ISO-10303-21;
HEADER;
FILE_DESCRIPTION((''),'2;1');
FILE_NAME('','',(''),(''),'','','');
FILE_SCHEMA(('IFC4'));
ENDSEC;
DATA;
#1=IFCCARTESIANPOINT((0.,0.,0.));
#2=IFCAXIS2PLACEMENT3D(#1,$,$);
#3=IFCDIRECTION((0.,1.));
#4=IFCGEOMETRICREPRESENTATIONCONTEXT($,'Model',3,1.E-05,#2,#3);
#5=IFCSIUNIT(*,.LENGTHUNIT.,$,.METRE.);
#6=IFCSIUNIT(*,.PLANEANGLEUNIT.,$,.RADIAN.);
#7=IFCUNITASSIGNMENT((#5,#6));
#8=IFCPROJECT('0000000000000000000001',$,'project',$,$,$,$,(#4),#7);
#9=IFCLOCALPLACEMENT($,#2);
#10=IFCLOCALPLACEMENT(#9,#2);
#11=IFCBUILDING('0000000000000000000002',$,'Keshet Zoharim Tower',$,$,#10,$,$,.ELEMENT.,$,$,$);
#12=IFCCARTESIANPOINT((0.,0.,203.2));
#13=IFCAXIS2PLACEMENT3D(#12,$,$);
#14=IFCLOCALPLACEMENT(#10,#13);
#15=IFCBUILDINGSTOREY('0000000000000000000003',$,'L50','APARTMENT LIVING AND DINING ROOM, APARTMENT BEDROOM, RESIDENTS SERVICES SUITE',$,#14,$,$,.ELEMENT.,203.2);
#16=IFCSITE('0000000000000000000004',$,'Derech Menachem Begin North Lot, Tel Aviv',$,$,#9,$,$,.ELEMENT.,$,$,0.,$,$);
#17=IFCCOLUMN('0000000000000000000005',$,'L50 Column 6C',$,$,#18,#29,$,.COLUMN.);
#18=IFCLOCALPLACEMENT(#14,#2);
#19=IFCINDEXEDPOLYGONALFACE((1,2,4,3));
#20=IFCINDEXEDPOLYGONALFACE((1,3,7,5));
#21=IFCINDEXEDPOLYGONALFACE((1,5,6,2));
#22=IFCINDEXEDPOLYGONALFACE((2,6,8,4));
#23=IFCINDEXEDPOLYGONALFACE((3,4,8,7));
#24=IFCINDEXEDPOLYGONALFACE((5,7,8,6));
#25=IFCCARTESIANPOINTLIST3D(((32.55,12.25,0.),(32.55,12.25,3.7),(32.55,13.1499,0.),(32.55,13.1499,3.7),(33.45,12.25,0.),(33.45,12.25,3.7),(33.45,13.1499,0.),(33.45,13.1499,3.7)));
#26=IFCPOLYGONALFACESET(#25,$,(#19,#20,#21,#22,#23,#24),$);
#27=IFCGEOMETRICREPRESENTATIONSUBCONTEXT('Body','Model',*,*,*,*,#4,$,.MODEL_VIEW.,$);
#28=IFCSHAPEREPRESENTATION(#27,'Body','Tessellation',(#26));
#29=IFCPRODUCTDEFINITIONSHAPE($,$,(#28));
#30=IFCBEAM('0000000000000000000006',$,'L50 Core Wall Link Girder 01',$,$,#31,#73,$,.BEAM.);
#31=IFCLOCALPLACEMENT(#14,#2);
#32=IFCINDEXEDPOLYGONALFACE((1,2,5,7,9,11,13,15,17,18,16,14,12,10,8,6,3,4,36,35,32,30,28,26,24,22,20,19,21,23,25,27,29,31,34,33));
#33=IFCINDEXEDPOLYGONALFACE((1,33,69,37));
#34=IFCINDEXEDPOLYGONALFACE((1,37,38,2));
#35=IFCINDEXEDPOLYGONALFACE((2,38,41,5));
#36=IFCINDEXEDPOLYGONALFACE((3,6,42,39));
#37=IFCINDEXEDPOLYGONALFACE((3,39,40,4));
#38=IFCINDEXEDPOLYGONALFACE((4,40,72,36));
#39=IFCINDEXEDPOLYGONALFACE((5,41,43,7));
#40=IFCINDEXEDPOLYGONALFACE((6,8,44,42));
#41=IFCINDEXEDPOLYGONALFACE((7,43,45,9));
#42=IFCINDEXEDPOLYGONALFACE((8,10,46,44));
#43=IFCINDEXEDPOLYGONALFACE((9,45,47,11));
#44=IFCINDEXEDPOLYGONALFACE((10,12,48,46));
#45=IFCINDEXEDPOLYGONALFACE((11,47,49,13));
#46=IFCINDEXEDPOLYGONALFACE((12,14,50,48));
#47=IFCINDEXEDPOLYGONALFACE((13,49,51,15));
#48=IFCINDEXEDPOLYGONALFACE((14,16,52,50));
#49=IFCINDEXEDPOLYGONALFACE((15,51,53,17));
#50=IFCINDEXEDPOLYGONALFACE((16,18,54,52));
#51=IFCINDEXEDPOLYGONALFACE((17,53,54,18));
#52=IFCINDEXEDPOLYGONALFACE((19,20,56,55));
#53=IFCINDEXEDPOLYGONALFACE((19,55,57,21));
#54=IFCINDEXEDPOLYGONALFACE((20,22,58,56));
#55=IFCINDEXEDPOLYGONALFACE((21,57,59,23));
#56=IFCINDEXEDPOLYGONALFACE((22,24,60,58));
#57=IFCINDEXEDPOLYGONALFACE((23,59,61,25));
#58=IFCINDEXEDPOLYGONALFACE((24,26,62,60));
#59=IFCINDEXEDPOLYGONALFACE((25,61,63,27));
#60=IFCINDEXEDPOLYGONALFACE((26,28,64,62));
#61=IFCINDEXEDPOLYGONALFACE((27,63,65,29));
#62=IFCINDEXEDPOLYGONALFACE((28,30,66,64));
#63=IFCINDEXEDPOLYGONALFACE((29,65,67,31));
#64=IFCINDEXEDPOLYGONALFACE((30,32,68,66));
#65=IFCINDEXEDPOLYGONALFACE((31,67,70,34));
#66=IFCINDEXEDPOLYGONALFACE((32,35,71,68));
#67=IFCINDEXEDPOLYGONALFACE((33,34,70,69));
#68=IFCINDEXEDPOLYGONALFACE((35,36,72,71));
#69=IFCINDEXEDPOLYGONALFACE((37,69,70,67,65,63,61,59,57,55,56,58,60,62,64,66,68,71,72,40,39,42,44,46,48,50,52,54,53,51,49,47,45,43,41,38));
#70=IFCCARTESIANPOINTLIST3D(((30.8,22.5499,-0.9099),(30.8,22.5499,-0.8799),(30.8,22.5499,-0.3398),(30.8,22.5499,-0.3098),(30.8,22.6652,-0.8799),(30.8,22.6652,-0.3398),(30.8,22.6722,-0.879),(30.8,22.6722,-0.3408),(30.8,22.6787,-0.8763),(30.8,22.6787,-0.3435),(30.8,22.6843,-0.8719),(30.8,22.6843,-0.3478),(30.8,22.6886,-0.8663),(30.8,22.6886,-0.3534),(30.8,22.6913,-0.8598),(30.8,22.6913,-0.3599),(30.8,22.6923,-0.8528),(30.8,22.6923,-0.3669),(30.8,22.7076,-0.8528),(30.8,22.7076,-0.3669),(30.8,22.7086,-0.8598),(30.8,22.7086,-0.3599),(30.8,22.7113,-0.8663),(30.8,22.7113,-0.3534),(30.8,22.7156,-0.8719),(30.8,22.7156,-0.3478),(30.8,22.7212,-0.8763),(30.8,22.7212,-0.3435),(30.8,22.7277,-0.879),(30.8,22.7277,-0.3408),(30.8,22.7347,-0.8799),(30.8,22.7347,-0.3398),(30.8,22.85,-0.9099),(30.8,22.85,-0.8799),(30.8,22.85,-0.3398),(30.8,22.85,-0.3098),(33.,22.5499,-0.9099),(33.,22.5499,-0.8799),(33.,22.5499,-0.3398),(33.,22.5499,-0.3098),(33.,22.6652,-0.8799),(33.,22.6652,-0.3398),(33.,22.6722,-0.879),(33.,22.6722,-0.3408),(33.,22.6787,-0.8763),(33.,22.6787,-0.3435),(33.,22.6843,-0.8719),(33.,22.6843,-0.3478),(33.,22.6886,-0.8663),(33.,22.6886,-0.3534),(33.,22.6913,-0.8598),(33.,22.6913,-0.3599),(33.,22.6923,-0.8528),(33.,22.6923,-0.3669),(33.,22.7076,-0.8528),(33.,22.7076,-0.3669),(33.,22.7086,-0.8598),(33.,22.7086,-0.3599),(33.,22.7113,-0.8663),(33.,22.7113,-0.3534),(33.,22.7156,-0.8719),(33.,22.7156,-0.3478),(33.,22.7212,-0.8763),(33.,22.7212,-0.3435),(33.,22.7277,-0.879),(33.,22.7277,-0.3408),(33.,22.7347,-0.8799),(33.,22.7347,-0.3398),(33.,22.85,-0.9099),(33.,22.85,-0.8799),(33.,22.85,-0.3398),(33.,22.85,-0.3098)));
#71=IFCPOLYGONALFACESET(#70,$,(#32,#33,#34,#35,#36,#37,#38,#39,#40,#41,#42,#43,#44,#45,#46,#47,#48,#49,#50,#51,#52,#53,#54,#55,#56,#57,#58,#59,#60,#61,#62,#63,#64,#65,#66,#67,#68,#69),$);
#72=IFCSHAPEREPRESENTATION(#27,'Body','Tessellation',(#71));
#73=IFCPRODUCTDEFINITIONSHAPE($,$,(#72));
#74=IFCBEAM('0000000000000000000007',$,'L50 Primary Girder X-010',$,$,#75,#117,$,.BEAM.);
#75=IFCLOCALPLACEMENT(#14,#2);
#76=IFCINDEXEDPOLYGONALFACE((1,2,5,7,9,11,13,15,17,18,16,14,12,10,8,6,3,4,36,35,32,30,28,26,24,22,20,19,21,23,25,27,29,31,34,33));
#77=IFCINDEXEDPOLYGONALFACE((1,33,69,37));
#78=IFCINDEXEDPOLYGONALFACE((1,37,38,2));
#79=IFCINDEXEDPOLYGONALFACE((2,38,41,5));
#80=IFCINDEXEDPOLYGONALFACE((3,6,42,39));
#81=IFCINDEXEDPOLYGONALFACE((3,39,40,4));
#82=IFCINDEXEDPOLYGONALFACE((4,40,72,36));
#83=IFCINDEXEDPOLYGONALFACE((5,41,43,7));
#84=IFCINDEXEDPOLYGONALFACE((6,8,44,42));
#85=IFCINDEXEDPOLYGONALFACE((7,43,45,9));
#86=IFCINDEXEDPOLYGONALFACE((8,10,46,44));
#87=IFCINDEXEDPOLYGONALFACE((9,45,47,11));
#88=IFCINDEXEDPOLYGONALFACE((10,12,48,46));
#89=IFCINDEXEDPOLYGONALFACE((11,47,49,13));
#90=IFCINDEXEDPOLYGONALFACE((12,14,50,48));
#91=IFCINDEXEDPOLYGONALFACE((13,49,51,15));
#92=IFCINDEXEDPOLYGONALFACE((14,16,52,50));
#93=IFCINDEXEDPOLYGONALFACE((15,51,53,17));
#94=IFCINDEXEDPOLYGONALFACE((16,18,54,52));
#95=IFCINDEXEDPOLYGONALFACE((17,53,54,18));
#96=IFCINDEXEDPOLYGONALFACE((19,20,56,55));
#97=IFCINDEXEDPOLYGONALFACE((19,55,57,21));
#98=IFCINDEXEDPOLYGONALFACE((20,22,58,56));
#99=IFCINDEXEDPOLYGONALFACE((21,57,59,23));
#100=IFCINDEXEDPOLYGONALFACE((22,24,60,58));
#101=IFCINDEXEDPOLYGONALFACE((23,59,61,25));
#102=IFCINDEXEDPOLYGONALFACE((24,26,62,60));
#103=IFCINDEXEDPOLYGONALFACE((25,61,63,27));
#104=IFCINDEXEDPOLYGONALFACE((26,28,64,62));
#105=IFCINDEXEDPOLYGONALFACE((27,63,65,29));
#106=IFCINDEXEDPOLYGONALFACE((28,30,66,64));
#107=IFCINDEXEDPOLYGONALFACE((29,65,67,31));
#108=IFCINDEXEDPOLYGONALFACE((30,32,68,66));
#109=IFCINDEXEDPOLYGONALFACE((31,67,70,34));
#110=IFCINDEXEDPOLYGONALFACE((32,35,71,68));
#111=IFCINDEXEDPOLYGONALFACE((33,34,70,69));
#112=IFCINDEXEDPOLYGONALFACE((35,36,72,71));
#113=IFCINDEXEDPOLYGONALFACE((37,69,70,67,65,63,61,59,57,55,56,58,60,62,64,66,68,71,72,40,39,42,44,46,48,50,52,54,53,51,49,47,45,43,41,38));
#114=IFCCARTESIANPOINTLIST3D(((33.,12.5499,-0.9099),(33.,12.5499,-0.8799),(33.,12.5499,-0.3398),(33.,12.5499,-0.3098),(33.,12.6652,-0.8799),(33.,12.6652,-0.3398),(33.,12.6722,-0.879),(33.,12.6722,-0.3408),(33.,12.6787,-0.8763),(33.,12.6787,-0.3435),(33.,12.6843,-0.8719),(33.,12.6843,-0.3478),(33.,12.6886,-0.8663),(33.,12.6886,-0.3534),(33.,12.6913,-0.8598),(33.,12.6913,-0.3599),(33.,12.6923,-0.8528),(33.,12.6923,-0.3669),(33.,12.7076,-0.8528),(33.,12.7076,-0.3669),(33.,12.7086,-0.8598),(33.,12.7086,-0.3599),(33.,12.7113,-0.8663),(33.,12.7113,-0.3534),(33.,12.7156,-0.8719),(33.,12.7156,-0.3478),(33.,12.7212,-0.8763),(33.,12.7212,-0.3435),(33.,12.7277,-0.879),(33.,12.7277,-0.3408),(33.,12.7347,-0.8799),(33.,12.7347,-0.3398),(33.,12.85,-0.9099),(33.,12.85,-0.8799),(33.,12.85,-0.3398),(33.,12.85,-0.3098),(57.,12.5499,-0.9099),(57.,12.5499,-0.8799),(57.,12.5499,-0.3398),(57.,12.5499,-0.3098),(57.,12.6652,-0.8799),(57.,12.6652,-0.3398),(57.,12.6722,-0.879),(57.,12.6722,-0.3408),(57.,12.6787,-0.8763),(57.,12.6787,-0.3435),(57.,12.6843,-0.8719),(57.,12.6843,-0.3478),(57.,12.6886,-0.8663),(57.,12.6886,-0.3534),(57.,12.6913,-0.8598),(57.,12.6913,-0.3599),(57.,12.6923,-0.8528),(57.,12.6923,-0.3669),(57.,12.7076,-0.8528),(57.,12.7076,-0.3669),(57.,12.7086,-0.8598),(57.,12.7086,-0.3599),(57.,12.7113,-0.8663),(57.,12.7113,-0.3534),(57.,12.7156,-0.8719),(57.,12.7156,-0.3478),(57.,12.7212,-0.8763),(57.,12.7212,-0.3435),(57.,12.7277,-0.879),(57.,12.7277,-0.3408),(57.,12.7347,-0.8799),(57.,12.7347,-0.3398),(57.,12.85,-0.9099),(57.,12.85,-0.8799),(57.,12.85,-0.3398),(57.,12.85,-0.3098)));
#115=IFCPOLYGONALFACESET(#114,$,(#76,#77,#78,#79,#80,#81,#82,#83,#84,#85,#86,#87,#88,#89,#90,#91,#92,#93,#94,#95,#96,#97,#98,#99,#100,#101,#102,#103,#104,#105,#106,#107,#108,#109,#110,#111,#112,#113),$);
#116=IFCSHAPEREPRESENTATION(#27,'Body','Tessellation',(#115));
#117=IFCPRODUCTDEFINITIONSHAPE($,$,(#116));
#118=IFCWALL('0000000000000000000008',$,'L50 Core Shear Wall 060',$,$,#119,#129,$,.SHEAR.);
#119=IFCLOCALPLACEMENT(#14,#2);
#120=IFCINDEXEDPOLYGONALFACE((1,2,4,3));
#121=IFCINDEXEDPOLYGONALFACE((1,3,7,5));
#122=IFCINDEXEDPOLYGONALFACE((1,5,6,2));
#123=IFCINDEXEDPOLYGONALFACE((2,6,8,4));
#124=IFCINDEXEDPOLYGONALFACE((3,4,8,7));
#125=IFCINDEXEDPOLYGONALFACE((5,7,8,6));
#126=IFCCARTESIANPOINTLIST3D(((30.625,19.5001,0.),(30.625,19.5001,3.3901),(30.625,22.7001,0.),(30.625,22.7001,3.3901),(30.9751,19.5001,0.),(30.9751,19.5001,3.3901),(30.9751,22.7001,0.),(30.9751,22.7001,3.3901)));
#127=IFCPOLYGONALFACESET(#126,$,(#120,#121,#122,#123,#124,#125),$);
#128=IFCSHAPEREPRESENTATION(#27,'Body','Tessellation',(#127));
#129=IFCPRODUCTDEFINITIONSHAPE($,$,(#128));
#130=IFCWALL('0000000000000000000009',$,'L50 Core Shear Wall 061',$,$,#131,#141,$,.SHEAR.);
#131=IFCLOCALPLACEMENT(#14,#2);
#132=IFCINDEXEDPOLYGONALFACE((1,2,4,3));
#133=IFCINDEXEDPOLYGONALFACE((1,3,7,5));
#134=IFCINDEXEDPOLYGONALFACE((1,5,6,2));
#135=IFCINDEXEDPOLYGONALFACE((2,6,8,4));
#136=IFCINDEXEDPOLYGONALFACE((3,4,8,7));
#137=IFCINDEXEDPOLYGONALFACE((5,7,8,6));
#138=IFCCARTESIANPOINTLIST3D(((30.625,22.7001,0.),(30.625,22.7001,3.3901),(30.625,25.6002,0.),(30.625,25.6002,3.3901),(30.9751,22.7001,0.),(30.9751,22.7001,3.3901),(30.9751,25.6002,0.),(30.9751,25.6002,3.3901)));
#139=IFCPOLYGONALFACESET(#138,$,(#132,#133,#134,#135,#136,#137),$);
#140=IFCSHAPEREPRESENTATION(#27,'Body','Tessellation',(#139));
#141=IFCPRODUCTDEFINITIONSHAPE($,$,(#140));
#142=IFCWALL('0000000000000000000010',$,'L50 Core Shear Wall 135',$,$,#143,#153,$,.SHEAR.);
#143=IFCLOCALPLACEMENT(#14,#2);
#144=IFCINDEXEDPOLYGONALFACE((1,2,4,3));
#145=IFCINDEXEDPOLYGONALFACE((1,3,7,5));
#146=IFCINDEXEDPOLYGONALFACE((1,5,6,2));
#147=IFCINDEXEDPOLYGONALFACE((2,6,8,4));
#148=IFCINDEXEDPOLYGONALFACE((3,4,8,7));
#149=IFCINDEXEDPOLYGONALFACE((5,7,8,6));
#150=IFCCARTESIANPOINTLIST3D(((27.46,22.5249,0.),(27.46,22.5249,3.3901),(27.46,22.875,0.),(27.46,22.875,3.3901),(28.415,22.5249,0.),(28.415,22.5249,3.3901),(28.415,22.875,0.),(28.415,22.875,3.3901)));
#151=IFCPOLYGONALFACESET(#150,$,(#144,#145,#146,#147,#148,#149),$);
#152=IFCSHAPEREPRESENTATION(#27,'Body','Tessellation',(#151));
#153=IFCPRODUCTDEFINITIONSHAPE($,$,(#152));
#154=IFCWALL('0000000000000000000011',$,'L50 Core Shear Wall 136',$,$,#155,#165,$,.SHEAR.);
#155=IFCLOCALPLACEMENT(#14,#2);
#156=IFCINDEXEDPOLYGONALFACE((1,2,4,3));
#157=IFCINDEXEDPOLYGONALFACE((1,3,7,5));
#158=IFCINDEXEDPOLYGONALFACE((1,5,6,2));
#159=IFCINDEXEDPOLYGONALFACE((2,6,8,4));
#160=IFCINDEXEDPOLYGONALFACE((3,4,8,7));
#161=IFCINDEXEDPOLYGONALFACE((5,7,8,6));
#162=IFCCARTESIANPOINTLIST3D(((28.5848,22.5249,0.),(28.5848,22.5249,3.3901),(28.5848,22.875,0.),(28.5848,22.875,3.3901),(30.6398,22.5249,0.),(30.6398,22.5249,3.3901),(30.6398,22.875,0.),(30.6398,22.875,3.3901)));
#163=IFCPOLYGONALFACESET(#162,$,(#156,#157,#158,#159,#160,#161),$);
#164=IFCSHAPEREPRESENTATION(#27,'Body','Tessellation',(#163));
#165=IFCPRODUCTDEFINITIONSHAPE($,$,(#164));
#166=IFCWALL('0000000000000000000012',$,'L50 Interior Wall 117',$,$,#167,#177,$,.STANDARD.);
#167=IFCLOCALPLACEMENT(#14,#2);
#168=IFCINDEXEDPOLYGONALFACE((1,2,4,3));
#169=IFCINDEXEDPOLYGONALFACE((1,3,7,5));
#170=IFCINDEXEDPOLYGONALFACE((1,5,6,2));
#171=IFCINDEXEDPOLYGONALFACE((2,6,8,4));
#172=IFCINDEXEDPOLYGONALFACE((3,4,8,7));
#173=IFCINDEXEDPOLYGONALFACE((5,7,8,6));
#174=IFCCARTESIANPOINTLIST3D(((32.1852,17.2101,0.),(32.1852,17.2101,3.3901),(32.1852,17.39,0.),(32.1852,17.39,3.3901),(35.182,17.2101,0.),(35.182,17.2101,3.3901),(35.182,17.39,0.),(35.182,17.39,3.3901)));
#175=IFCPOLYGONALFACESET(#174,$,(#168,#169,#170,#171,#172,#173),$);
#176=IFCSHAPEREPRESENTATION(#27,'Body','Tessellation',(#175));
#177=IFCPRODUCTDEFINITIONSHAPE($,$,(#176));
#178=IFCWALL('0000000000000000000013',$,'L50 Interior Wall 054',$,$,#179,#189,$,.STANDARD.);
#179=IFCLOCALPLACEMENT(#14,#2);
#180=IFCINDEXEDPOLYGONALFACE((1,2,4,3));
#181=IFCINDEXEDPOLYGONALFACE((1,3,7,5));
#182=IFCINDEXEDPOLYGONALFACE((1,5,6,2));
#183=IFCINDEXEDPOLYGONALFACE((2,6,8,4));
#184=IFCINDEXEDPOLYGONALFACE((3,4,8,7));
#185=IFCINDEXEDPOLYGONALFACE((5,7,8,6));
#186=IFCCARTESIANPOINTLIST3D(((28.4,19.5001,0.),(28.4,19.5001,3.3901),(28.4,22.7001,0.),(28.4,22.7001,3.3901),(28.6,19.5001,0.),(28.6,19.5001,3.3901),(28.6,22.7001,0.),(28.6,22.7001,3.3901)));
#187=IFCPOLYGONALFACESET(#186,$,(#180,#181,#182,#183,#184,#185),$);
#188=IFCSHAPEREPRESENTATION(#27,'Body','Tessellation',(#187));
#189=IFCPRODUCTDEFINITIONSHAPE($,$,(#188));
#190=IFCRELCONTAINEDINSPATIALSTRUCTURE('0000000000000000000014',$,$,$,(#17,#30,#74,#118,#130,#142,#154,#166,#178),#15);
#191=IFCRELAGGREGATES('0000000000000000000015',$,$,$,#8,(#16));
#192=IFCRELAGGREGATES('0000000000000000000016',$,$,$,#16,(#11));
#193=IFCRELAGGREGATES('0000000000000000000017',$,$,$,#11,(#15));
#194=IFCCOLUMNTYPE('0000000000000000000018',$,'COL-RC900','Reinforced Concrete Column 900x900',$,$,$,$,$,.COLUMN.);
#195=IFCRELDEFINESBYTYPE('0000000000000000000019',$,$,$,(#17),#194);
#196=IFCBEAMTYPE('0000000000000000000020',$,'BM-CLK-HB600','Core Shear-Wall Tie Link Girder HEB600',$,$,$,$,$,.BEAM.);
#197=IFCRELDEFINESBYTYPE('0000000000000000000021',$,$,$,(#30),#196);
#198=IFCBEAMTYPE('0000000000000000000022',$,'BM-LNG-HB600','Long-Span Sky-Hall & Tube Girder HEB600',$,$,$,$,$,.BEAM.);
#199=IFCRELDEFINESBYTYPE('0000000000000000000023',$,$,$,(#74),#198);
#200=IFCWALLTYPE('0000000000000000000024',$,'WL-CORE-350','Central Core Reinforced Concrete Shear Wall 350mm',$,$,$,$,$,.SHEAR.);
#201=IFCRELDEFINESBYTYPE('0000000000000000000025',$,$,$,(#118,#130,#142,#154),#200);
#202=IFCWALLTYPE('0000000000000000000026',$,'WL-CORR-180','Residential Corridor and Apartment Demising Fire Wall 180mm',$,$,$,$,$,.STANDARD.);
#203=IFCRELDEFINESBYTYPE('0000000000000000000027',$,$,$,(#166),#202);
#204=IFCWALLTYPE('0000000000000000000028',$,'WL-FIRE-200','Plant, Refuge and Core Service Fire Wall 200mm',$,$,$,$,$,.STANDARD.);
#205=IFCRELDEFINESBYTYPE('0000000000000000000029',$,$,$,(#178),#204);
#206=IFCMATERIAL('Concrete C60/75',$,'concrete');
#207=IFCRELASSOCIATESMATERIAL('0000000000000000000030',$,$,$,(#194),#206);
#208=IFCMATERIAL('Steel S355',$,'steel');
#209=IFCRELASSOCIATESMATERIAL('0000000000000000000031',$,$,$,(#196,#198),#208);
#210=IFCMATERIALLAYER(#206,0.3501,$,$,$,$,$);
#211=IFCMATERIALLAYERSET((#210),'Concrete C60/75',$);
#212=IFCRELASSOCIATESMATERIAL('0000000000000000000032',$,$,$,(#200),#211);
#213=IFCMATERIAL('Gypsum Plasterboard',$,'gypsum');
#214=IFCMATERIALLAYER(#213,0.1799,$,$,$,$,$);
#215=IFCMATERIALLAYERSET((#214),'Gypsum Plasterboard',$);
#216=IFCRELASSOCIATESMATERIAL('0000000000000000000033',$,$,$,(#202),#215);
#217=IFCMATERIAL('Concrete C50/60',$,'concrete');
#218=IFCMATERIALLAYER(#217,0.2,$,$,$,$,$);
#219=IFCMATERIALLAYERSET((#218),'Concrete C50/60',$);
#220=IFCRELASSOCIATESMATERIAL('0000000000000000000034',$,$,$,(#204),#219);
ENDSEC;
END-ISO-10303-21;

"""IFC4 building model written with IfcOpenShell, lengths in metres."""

from ifc_helpers import new_model, si_unit, direction, frame, frame_2d, origin, origin_2d, place, context, subcontext, project, spatial, rectangle, i_section, extrude, material, layer, layer_set, material_profile, profile_set, type_object, element, save


model = new_model("IFC4")

# Units and contexts
model_context = context("Model", 3, precision=1e-05, world=origin(), true_north=direction((0.0, 1.0)))
body_context = subcontext(model_context, "Body", "Model", "MODEL_VIEW")
ifc_project = project(units=[si_unit("LENGTHUNIT", "METRE"), si_unit("PLANEANGLEUNIT", "RADIAN")], contexts=[model_context])

# Site, building, storey
site_placement = place(None, origin())
site = spatial("IfcSite", under=ifc_project, at=site_placement, Name="Derech Menachem Begin North Lot, Tel Aviv", CompositionType="ELEMENT", RefElevation=0.0)
building_placement = place(site_placement, origin())
building = spatial("IfcBuilding", under=site, at=building_placement, Name="Keshet Zoharim Tower", CompositionType="ELEMENT")
storey_placement = place(building_placement, frame((0.0, 0.0, 203.2)))
storey = spatial("IfcBuildingStorey", under=building, at=storey_placement, Name="L50", Description="APARTMENT LIVING AND DINING ROOM, APARTMENT BEDROOM, RESIDENTS SERVICES SUITE", CompositionType="ELEMENT", Elevation=203.2)

# Column
ifc_material_1 = material(Name="Concrete C60/75", Category="concrete")
ifc_material_profile_1 = material_profile(ifc_material_1, rectangle(XDim=0.8999, YDim=0.8999, at=origin_2d()), Name="RC900x900")
ifc_profile_set_1 = profile_set([ifc_material_profile_1], Name="Concrete C60/75")
column_type = type_object("IfcColumnType", Name="COL-RC900", Description="Reinforced Concrete Column 900x900", PredefinedType="COLUMN", material=ifc_profile_set_1)
column_placement = place(storey_placement, frame((33.0, 12.7, 0.0), z_axis=(0.0, 0.0, 1.0), x_axis=(1.0, 0.0, 0.0)))
element("IfcColumn", 1, at=column_placement, inside=storey, type_object=column_type, Name="L50 Column 6C", PredefinedType="COLUMN", context=body_context, shape_type="SweptSolid", body=[
    extrude(rectangle(XDim=0.8999, YDim=0.8999, at=origin_2d()), origin(), (0.0, 0.0, 1.0), 3.7),
])

# Beams
ifc_material_2 = material(Name="Steel S355", Category="steel")
ifc_material_profile_2 = material_profile(ifc_material_2, i_section(OverallWidth=0.3, OverallDepth=0.6001, WebThickness=0.0154, FlangeThickness=0.03, FilletRadius=0.0271, at=origin_2d()), Name="HEB600")
ifc_profile_set_2 = profile_set([ifc_material_profile_2], Name="Steel S355")
beam_type_1 = type_object("IfcBeamType", Name="BM-CLK-HB600", Description="Core Shear-Wall Tie Link Girder HEB600", PredefinedType="BEAM", material=ifc_profile_set_2)
beam_1_placement = place(storey_placement, frame((30.8, 22.7, -0.6099), z_axis=(1.0, 0.0, 0.0), x_axis=(0.0, 1.0, 0.0)))
element("IfcBeam", 2, at=beam_1_placement, inside=storey, type_object=beam_type_1, Name="L50 Core Wall Link Girder 01", PredefinedType="BEAM", context=body_context, shape_type="SweptSolid", body=[
    extrude(i_section(OverallWidth=0.3, OverallDepth=0.6001, WebThickness=0.0154, FlangeThickness=0.03, FilletRadius=0.0271, at=origin_2d()), origin(), (0.0, 0.0, 1.0), 2.2),
])
ifc_material_profile_3 = material_profile(ifc_material_2, i_section(OverallWidth=0.3, OverallDepth=0.6001, WebThickness=0.0154, FlangeThickness=0.03, FilletRadius=0.0271, at=origin_2d()), Name="HEB600")
ifc_profile_set_3 = profile_set([ifc_material_profile_3], Name="Steel S355")
beam_type_2 = type_object("IfcBeamType", Name="BM-LNG-HB600", Description="Long-Span Sky-Hall & Tube Girder HEB600", PredefinedType="BEAM", material=ifc_profile_set_3)
beam_2_placement = place(storey_placement, frame((33.0, 12.7, -0.6099), z_axis=(1.0, 0.0, 0.0), x_axis=(0.0, 1.0, 0.0)))
element("IfcBeam", 3, at=beam_2_placement, inside=storey, type_object=beam_type_2, Name="L50 Primary Girder X-010", PredefinedType="BEAM", context=body_context, shape_type="SweptSolid", body=[
    extrude(i_section(OverallWidth=0.3, OverallDepth=0.6001, WebThickness=0.0154, FlangeThickness=0.03, FilletRadius=0.0271, at=origin_2d()), origin(), (0.0, 0.0, 1.0), 24.0),
])

# Walls
ifc_layer_1 = layer(ifc_material_1, 0.3501)
ifc_layer_set_1 = layer_set([ifc_layer_1], Name="Concrete C60/75")
wall_type_1 = type_object("IfcWallType", Name="WL-CORE-350", Description="Central Core Reinforced Concrete Shear Wall 350mm", PredefinedType="SHEAR", material=ifc_layer_set_1)
wall_1_placement = place(storey_placement, frame((30.8, 19.5, 0.0), z_axis=(0.0, 0.0, 1.0), x_axis=(0.0, 1.0, 0.0)))
element("IfcWall", 4, at=wall_1_placement, inside=storey, type_object=wall_type_1, Name="L50 Core Shear Wall 060", PredefinedType="SHEAR", context=body_context, shape_type="SweptSolid", body=[
    extrude(rectangle(XDim=3.2, YDim=0.3501, at=frame_2d((1.6001, 0.0))), origin(), (0.0, 0.0, 1.0), 3.3901),
])
wall_2_placement = place(storey_placement, frame((30.8, 22.7, 0.0), z_axis=(0.0, 0.0, 1.0), x_axis=(0.0, 1.0, 0.0)))
element("IfcWall", 5, at=wall_2_placement, inside=storey, type_object=wall_type_1, Name="L50 Core Shear Wall 061", PredefinedType="SHEAR", context=body_context, shape_type="SweptSolid", body=[
    extrude(rectangle(XDim=2.9001, YDim=0.3501, at=frame_2d((1.4502, 0.0))), origin(), (0.0, 0.0, 1.0), 3.3901),
])
wall_3_placement = place(storey_placement, frame((27.46, 22.7, 0.0), z_axis=(0.0, 0.0, 1.0), x_axis=(1.0, 0.0, 0.0)))
element("IfcWall", 6, at=wall_3_placement, inside=storey, type_object=wall_type_1, Name="L50 Core Shear Wall 135", PredefinedType="SHEAR", context=body_context, shape_type="SweptSolid", body=[
    extrude(rectangle(XDim=0.9551, YDim=0.3501, at=frame_2d((0.4775, 0.0))), origin(), (0.0, 0.0, 1.0), 3.3901),
])
wall_4_placement = place(storey_placement, frame((28.585, 22.7, 0.0), z_axis=(0.0, 0.0, 1.0), x_axis=(1.0, 0.0, 0.0)))
element("IfcWall", 7, at=wall_4_placement, inside=storey, type_object=wall_type_1, Name="L50 Core Shear Wall 136", PredefinedType="SHEAR", context=body_context, shape_type="SweptSolid", body=[
    extrude(rectangle(XDim=2.0549, YDim=0.3501, at=frame_2d((1.0273, 0.0))), origin(), (0.0, 0.0, 1.0), 3.3901),
])

# Shared definitions
ifc_material_3 = material(Name="Gypsum Plasterboard", Category="gypsum")
ifc_layer_2 = layer(ifc_material_3, 0.1799)
ifc_layer_set_2 = layer_set([ifc_layer_2], Name="Gypsum Plasterboard")
wall_type_2 = type_object("IfcWallType", Name="WL-CORR-180", Description="Residential Corridor and Apartment Demising Fire Wall 180mm", PredefinedType="STANDARD", material=ifc_layer_set_2)

# Walls
wall_5_placement = place(storey_placement, frame((32.1851, 17.3, 0.0), z_axis=(0.0, 0.0, 1.0), x_axis=(1.0, 0.0, 0.0)))
element("IfcWall", 8, at=wall_5_placement, inside=storey, type_object=wall_type_2, Name="L50 Interior Wall 117", PredefinedType="STANDARD", context=body_context, shape_type="SweptSolid", body=[
    extrude(rectangle(XDim=2.9968, YDim=0.1799, at=frame_2d((1.4985, 0.0))), origin(), (0.0, 0.0, 1.0), 3.3901),
])
ifc_material_4 = material(Name="Concrete C50/60", Category="concrete")
ifc_layer_3 = layer(ifc_material_4, 0.2)
ifc_layer_set_3 = layer_set([ifc_layer_3], Name="Concrete C50/60")
wall_type_3 = type_object("IfcWallType", Name="WL-FIRE-200", Description="Plant, Refuge and Core Service Fire Wall 200mm", PredefinedType="STANDARD", material=ifc_layer_set_3)
wall_6_placement = place(storey_placement, frame((28.5, 19.5, 0.0), z_axis=(0.0, 0.0, 1.0), x_axis=(0.0, 1.0, 0.0)))
element("IfcWall", 9, at=wall_6_placement, inside=storey, type_object=wall_type_3, Name="L50 Interior Wall 054", PredefinedType="STANDARD", context=body_context, shape_type="SweptSolid", body=[
    extrude(rectangle(XDim=3.2, YDim=0.2, at=frame_2d((1.6001, 0.0))), origin(), (0.0, 0.0, 1.0), 3.3901),
])

save(model, "model.ifc")
